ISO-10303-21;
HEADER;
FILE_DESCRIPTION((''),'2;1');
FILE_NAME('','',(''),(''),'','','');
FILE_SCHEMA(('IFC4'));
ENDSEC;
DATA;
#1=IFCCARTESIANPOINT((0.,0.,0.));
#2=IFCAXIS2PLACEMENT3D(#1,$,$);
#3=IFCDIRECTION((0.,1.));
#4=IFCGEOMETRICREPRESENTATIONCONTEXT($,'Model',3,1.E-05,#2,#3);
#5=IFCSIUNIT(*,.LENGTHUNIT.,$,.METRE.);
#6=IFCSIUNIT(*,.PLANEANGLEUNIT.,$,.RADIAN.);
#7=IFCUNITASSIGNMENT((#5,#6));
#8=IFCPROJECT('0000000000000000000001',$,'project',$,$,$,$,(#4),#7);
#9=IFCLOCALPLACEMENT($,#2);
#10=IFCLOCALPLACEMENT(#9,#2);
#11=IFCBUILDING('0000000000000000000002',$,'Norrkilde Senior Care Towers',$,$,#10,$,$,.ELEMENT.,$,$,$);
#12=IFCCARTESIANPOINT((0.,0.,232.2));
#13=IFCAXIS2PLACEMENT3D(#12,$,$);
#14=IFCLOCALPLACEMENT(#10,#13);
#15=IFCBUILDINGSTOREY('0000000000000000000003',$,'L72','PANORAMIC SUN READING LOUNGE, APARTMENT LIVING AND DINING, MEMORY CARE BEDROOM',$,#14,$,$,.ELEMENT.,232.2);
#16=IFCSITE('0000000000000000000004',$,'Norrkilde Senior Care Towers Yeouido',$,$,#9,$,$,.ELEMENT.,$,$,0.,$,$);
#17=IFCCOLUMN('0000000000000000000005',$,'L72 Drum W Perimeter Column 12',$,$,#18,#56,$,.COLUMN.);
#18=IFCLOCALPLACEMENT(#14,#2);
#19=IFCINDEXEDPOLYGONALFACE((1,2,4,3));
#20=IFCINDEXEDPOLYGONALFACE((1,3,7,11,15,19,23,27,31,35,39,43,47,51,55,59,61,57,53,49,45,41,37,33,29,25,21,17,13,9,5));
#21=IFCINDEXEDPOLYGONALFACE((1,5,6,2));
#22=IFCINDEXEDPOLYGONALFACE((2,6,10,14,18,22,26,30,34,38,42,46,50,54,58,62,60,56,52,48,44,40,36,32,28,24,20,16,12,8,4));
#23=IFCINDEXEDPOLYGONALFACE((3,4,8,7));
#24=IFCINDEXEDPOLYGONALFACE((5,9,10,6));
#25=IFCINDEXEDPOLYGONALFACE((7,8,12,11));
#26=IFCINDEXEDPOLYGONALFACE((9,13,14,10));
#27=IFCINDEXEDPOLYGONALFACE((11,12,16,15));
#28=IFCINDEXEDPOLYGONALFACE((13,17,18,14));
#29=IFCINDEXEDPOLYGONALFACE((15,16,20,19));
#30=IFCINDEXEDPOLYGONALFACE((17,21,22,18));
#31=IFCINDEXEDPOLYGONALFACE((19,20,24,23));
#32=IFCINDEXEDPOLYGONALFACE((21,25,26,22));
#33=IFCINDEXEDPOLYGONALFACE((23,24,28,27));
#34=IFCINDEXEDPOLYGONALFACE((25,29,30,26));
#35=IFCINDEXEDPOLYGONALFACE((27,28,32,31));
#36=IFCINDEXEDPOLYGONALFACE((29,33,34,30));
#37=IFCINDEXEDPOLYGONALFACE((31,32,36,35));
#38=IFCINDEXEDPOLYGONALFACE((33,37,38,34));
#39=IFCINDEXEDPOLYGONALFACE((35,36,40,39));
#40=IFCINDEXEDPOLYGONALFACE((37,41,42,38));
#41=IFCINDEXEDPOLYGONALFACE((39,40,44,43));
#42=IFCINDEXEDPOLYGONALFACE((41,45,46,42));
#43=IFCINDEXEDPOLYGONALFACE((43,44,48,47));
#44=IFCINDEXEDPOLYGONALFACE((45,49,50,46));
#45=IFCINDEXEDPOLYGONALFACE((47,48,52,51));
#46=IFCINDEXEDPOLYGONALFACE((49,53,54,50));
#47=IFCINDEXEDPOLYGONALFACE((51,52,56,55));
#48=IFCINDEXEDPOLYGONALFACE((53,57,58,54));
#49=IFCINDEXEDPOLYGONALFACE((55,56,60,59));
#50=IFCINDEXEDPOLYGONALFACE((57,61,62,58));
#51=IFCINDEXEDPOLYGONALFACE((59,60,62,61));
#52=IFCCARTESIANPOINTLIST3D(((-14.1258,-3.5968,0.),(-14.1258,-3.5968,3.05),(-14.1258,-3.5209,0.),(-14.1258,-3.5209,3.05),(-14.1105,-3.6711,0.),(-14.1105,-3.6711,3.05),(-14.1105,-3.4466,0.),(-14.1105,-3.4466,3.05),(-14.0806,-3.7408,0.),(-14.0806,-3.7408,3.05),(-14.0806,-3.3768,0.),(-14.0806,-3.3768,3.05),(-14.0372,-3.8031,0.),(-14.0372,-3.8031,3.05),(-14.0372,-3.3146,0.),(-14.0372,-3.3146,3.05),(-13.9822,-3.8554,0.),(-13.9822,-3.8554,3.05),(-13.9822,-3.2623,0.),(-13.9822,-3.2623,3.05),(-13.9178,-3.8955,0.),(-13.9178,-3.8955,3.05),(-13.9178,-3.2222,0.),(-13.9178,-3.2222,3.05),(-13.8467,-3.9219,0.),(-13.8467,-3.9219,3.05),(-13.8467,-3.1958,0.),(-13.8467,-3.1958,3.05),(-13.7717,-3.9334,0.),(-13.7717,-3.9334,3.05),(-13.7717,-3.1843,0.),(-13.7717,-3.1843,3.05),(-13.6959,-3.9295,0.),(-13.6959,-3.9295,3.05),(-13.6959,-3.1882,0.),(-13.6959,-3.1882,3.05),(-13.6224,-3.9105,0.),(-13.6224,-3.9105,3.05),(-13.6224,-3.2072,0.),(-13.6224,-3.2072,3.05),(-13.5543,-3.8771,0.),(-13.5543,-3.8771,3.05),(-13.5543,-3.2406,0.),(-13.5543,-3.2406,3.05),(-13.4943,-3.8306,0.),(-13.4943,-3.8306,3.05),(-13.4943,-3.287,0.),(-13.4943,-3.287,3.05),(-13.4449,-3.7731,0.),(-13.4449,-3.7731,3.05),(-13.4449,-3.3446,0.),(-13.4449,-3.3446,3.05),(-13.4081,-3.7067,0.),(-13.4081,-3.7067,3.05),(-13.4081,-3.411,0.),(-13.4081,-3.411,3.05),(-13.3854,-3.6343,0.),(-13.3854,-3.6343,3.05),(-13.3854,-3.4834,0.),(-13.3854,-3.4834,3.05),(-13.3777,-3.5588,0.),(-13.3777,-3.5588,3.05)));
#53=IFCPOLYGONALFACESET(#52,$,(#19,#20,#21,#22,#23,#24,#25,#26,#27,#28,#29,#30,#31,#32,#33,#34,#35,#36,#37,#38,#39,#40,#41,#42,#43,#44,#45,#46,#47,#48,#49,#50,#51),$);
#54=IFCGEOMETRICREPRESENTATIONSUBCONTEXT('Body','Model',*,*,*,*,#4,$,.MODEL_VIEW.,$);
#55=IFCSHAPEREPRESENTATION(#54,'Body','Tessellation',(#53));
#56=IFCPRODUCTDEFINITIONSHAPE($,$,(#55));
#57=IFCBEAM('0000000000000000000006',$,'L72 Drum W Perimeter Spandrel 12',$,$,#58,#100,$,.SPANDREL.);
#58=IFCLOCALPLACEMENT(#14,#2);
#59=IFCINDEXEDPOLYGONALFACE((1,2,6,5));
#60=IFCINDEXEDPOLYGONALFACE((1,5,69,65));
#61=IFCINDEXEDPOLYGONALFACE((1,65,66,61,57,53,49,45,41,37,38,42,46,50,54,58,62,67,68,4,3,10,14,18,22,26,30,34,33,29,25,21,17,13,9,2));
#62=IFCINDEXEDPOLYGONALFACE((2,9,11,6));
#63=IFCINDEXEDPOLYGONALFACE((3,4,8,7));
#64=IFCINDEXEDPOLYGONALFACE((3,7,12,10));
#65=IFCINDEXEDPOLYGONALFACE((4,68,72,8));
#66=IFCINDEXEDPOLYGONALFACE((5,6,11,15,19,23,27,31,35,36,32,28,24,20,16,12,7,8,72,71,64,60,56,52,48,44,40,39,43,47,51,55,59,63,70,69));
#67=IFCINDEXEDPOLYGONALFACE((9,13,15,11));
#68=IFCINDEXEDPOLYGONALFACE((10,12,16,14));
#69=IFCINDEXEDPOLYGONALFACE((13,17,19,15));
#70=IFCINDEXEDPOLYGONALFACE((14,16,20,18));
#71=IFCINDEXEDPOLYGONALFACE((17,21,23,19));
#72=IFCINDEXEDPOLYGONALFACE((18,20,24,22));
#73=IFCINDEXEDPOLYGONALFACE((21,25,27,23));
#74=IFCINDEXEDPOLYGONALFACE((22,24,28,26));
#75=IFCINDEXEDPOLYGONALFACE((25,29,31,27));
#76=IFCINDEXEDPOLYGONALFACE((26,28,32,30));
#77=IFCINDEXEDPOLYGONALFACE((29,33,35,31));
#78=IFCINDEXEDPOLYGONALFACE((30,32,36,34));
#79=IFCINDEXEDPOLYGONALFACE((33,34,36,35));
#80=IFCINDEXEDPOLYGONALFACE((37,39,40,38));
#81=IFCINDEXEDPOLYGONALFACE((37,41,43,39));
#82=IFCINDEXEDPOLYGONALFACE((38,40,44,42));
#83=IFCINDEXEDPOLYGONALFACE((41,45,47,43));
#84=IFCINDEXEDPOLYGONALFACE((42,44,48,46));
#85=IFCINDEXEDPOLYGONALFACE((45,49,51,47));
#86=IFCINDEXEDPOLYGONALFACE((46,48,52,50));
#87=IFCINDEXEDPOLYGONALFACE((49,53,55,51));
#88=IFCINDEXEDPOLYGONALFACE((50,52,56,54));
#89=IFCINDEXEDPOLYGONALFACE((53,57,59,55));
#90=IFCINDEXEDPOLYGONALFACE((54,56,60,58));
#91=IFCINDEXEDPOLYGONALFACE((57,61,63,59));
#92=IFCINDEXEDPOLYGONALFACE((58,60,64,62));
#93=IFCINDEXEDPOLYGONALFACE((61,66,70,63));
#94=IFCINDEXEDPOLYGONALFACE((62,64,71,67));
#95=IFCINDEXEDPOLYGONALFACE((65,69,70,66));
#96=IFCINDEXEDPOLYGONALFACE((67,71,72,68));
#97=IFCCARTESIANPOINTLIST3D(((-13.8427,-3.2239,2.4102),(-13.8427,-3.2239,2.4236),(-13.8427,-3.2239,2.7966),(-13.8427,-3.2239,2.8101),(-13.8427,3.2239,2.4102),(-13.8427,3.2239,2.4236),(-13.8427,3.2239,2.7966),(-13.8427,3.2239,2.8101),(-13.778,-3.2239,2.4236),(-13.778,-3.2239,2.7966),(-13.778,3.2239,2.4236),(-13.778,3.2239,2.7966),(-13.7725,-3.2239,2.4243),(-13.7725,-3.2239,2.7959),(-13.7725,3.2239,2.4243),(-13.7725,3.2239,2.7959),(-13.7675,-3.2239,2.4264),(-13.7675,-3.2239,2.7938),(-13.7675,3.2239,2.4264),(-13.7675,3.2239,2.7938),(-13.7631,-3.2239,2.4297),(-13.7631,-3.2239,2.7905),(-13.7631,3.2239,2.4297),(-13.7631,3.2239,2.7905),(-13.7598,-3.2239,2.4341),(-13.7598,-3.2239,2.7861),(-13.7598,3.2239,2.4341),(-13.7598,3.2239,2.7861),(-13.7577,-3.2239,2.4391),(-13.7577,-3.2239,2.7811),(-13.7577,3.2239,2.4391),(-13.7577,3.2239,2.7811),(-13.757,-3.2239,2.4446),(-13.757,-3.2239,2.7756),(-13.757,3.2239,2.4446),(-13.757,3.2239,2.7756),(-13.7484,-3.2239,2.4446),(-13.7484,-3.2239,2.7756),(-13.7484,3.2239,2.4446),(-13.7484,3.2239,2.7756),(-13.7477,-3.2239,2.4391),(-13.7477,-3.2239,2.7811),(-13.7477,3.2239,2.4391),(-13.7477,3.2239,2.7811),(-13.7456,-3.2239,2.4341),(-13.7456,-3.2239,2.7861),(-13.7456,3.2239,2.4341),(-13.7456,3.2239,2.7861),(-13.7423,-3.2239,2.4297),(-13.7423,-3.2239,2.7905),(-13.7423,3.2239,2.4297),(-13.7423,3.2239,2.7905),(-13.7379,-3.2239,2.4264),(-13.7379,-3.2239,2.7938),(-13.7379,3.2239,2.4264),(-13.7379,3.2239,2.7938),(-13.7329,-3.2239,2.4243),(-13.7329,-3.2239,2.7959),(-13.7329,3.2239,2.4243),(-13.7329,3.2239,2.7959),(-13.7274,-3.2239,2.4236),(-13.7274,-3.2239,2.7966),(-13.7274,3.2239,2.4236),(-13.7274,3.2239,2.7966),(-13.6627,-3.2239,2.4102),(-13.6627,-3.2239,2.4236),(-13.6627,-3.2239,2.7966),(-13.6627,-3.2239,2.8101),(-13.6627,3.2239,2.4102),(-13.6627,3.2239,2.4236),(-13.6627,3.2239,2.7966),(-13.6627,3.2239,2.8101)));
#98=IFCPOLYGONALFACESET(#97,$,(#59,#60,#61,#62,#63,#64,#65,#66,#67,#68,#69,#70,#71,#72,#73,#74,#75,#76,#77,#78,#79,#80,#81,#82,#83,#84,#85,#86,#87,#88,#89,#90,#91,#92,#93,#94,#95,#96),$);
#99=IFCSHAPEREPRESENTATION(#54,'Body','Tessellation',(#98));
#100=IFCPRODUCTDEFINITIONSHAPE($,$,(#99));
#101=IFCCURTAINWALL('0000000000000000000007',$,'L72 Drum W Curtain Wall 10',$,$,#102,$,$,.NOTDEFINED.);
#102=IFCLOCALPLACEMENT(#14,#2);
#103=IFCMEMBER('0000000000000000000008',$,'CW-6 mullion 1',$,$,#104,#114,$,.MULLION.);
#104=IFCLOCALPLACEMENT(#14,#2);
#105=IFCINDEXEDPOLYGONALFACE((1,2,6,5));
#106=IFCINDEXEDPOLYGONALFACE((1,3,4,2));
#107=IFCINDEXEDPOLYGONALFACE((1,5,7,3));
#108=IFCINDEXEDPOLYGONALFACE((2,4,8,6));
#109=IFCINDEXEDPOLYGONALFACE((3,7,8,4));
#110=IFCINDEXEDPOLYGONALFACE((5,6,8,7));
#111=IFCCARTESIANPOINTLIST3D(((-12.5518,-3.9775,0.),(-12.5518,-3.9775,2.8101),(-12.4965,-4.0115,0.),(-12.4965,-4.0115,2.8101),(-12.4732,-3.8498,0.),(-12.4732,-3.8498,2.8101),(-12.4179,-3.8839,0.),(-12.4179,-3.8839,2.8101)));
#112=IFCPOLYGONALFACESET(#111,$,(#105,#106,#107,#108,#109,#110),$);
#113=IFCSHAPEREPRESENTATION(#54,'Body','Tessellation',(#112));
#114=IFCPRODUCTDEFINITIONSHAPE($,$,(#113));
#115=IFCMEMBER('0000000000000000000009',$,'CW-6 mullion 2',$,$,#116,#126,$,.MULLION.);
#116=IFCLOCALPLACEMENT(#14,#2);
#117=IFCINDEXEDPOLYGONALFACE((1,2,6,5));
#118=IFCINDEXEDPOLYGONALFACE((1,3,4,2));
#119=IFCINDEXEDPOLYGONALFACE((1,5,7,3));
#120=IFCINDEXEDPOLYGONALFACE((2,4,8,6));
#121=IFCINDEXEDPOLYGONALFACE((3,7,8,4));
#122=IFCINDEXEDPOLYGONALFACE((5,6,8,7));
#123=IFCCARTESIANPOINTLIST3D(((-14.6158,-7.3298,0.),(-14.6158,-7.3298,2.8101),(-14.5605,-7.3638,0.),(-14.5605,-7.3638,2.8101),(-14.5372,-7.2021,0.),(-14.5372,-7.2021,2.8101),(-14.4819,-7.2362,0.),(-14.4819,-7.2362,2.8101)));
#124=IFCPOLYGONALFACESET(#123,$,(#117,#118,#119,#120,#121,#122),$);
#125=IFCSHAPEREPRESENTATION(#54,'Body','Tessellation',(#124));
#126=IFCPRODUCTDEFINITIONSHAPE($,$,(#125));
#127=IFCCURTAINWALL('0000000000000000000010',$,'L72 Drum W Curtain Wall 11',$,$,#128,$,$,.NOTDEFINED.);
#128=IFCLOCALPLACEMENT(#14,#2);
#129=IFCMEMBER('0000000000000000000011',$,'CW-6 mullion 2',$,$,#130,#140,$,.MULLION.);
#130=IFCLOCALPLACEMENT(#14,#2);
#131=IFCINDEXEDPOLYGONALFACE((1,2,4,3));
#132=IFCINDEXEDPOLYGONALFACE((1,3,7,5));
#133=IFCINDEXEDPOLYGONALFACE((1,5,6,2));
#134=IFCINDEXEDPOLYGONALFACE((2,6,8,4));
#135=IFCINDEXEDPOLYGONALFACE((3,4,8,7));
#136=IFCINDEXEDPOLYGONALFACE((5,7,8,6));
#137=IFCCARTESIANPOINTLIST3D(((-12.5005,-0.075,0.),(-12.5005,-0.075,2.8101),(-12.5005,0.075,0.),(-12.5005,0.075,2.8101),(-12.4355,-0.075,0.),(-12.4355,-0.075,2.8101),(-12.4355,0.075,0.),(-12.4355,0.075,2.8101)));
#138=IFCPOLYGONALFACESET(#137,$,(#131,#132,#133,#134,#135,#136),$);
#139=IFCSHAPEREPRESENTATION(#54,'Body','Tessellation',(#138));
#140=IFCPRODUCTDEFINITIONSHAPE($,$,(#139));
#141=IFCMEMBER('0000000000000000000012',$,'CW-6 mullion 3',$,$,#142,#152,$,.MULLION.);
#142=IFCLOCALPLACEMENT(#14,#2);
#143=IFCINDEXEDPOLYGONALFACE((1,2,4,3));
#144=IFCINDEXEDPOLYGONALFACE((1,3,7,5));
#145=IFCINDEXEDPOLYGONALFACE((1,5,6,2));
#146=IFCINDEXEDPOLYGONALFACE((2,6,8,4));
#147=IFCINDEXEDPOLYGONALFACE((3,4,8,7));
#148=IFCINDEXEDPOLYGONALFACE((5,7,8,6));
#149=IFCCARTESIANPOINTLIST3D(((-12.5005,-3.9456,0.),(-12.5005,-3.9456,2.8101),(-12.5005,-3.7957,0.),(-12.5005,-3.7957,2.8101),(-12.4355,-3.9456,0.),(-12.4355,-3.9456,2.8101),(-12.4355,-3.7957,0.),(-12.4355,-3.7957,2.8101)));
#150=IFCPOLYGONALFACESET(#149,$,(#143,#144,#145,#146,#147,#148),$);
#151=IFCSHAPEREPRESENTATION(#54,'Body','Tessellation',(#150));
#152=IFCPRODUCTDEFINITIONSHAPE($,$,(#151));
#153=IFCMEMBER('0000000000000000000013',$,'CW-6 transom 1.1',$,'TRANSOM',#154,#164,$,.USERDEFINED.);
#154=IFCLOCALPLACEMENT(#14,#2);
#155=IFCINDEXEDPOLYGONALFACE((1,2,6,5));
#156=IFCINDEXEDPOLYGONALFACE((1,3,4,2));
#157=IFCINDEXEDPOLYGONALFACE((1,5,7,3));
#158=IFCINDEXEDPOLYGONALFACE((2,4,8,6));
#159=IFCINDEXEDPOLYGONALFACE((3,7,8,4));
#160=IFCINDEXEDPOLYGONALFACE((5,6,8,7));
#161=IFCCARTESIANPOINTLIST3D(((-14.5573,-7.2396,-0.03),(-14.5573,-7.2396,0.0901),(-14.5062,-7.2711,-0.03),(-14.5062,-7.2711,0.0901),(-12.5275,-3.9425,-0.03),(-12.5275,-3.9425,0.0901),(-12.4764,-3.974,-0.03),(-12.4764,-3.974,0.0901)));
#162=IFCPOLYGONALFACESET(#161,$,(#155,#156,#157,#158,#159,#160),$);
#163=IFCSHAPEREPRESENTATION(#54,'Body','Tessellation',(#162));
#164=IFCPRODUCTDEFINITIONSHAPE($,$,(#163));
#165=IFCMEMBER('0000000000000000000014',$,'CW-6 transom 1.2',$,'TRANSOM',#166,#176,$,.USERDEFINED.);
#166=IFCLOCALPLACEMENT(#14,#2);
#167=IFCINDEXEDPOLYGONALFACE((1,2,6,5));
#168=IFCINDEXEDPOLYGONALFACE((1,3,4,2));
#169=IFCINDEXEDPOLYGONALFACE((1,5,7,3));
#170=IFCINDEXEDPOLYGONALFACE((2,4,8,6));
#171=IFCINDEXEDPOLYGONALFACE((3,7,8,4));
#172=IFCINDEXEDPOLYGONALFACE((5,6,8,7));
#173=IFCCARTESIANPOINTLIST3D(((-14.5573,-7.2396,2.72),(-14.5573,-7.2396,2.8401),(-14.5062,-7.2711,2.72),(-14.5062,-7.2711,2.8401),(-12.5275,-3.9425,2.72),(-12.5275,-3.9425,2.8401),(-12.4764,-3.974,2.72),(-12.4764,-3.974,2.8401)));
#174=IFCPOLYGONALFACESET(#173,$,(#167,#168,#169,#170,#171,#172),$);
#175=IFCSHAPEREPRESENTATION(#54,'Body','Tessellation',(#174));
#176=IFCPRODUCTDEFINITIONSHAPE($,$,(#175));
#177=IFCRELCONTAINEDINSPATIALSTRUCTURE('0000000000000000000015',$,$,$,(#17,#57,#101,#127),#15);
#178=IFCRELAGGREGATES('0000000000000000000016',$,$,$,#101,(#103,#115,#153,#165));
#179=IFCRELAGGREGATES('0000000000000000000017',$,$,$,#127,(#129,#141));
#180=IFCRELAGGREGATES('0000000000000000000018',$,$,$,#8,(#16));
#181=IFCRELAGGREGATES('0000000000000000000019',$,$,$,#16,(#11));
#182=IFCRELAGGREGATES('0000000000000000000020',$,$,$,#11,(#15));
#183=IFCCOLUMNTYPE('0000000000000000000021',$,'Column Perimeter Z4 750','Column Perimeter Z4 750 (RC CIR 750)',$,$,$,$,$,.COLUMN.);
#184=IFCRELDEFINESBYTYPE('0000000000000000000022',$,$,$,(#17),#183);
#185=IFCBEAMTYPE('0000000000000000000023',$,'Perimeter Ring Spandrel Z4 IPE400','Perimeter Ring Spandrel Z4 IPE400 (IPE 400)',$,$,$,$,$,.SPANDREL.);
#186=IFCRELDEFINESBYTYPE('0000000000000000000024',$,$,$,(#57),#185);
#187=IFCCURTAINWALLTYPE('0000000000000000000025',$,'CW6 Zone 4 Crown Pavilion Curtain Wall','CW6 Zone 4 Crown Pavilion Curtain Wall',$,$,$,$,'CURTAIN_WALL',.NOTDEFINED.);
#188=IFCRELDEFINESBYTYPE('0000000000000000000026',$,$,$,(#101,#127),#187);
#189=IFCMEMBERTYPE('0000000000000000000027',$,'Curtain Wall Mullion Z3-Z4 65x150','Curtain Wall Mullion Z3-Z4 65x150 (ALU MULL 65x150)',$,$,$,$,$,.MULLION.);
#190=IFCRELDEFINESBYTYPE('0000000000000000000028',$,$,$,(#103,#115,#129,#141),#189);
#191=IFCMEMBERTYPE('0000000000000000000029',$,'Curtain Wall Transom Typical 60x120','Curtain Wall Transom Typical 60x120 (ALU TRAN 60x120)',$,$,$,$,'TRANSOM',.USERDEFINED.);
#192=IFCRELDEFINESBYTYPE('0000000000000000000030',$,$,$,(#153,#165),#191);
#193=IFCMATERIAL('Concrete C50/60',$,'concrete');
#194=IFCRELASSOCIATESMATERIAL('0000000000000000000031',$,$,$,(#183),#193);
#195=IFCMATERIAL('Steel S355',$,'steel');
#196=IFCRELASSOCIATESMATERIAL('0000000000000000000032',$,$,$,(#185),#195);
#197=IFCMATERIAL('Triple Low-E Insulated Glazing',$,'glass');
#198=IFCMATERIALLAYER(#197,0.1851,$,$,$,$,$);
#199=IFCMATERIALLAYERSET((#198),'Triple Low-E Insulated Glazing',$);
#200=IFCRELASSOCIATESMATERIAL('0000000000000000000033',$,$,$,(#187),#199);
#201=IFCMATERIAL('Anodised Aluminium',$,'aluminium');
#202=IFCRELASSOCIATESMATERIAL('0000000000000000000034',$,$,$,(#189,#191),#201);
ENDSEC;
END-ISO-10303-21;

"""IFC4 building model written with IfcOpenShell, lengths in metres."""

from ifc_helpers import new_model, si_unit, direction, frame, origin, origin_2d, place, context, subcontext, project, spatial, rectangle, circle, i_section, extrude, source, transform, mapped, material, layer, layer_set, material_profile, profile_set, type_object, type_shapes, element, aggregate, save


model = new_model("IFC4")

# Units and contexts
model_context = context("Model", 3, precision=1e-05, world=origin(), true_north=direction((0.0, 1.0)))
body_context = subcontext(model_context, "Body", "Model", "MODEL_VIEW")
ifc_project = project(units=[si_unit("LENGTHUNIT", "METRE"), si_unit("PLANEANGLEUNIT", "RADIAN")], contexts=[model_context])

# Site, building, storey
site_placement = place(None, origin())
site = spatial("IfcSite", under=ifc_project, at=site_placement, Name="Norrkilde Senior Care Towers Yeouido", CompositionType="ELEMENT", RefElevation=0.0)
building_placement = place(site_placement, origin())
building = spatial("IfcBuilding", under=site, at=building_placement, Name="Norrkilde Senior Care Towers", CompositionType="ELEMENT")
storey_placement = place(building_placement, frame((0.0, 0.0, 232.2)))
storey = spatial("IfcBuildingStorey", under=building, at=storey_placement, Name="L72", Description="PANORAMIC SUN READING LOUNGE, APARTMENT LIVING AND DINING, MEMORY CARE BEDROOM", CompositionType="ELEMENT", Elevation=232.2)

# Column
ifc_material_1 = material(Name="Concrete C50/60", Category="concrete")
ifc_material_profile_1 = material_profile(ifc_material_1, circle(Radius=0.375, at=origin_2d()), Name="RC CIR 750")
ifc_profile_set_1 = profile_set([ifc_material_profile_1], Name="Concrete C50/60")
column_type = type_object("IfcColumnType", Name="Column Perimeter Z4 750", Description="Column Perimeter Z4 750 (RC CIR 750)", PredefinedType="COLUMN", material=ifc_profile_set_1)
shared_shape_1 = source(origin(), body_context, "Body", "SweptSolid", [
    extrude(circle(Radius=0.375, at=origin_2d()), origin(), (0.0, 0.0, 1.0), 3.05),
])
type_shapes(column_type, [shared_shape_1])
column_placement = place(storey_placement, frame((-13.7527, -3.5588, 0.0), z_axis=(0.0, 0.0, 1.0), x_axis=(1.0, 0.0, 0.0)))
element("IfcColumn", 1, at=column_placement, inside=storey, type_object=column_type, Name="L72 Drum W Perimeter Column 12", PredefinedType="COLUMN", context=body_context, shape_type="MappedRepresentation", body=[
    mapped(shared_shape_1, transform((0.0, 0.0, 0.0), x_axis=(1.0, 0.0, 0.0), y_axis=(0.0, 1.0, 0.0), z_axis=(0.0, 0.0, 1.0), scale=1.0)),
])

# Beam
ifc_material_2 = material(Name="Steel S355", Category="steel")
ifc_material_profile_2 = material_profile(ifc_material_2, i_section(OverallWidth=0.1799, OverallDepth=0.3999, WebThickness=0.0085, FlangeThickness=0.0134, FilletRadius=0.021, at=origin_2d()), Name="IPE 400")
ifc_profile_set_2 = profile_set([ifc_material_profile_2], Name="Steel S355")
beam_type = type_object("IfcBeamType", Name="Perimeter Ring Spandrel Z4 IPE400", Description="Perimeter Ring Spandrel Z4 IPE400 (IPE 400)", PredefinedType="SPANDREL", material=ifc_profile_set_2)
shared_shape_2 = source(origin(), body_context, "Body", "SweptSolid", [
    extrude(i_section(OverallWidth=0.1799, OverallDepth=0.3999, WebThickness=0.0085, FlangeThickness=0.0134, FilletRadius=0.021, at=origin_2d()), origin(), (0.0, 0.0, 1.0), 6.4478),
])
type_shapes(beam_type, [shared_shape_2])
beam_placement = place(storey_placement, frame((-13.7527, -3.2239, 2.6101), z_axis=(0.0, 1.0, 0.0), x_axis=(-1.0, 0.0, 0.0)))
element("IfcBeam", 2, at=beam_placement, inside=storey, type_object=beam_type, Name="L72 Drum W Perimeter Spandrel 12", PredefinedType="SPANDREL", context=body_context, shape_type="MappedRepresentation", body=[
    mapped(shared_shape_2, transform((0.0, 0.0, 0.0), x_axis=(1.0, 0.0, 0.0), y_axis=(0.0, 1.0, 0.0), z_axis=(0.0, 0.0, 1.0), scale=1.0)),
])

# Curtain walls, members
ifc_material_3 = material(Name="Triple Low-E Insulated Glazing", Category="glass")
ifc_layer_1 = layer(ifc_material_3, 0.1851)
ifc_layer_set_1 = layer_set([ifc_layer_1], Name="Triple Low-E Insulated Glazing")
curtain_wall_type = type_object("IfcCurtainWallType", Name="CW6 Zone 4 Crown Pavilion Curtain Wall", Description="CW6 Zone 4 Crown Pavilion Curtain Wall", ElementType="CURTAIN_WALL", PredefinedType="NOTDEFINED", material=ifc_layer_set_1)
curtain_wall_1_placement = place(storey_placement, origin())
curtain_wall_1 = element("IfcCurtainWall", 3, at=curtain_wall_1_placement, inside=storey, type_object=curtain_wall_type, Name="L72 Drum W Curtain Wall 10", PredefinedType="NOTDEFINED")
ifc_material_4 = material(Name="Anodised Aluminium", Category="aluminium")
ifc_material_profile_3 = material_profile(ifc_material_4, rectangle(XDim=0.0649, YDim=0.1499, at=origin_2d()), Name="ALU MULL 65x150")
ifc_profile_set_3 = profile_set([ifc_material_profile_3], Name="Anodised Aluminium")
member_type_1 = type_object("IfcMemberType", Name="Curtain Wall Mullion Z3-Z4 65x150", Description="Curtain Wall Mullion Z3-Z4 65x150 (ALU MULL 65x150)", PredefinedType="MULLION", material=ifc_profile_set_3)
shared_shape_3 = source(origin(), body_context, "Body", "SweptSolid", [
    extrude(rectangle(XDim=0.0649, YDim=0.1499, at=origin_2d()), origin(), (0.0, 0.0, 1.0), 2.8101),
])
type_shapes(member_type_1, [shared_shape_3])
member_1_placement = place(storey_placement, frame((-12.4849, -3.9307, 0.0), z_axis=(0.0, 0.0, 1.0), x_axis=(0.851563, -0.524253, 0.0)))
member_1 = element("IfcMember", 4, at=member_1_placement, type_object=member_type_1, Name="CW-6 mullion 1", PredefinedType="MULLION", context=body_context, shape_type="MappedRepresentation", body=[
    mapped(shared_shape_3, transform((0.0, 0.0, 0.0), x_axis=(1.0, 0.0, 0.0), y_axis=(0.0, 1.0, 0.0), z_axis=(0.0, 0.0, 1.0), scale=1.0)),
])
member_2_placement = place(storey_placement, frame((-14.5488, -7.283, 0.0), z_axis=(0.0, 0.0, 1.0), x_axis=(0.851563, -0.524253, 0.0)))
member_2 = element("IfcMember", 5, at=member_2_placement, type_object=member_type_1, Name="CW-6 mullion 2", PredefinedType="MULLION", context=body_context, shape_type="MappedRepresentation", body=[
    mapped(shared_shape_3, transform((0.0, 0.0, 0.0), x_axis=(1.0, 0.0, 0.0), y_axis=(0.0, 1.0, 0.0), z_axis=(0.0, 0.0, 1.0), scale=1.0)),
])
curtain_wall_2_placement = place(storey_placement, origin())
curtain_wall_2 = element("IfcCurtainWall", 6, at=curtain_wall_2_placement, inside=storey, type_object=curtain_wall_type, Name="L72 Drum W Curtain Wall 11", PredefinedType="NOTDEFINED")
member_3_placement = place(storey_placement, frame((-12.468, 0.0, 0.0), z_axis=(0.0, 0.0, 1.0), x_axis=(1.0, 0.0, 0.0)))
member_3 = element("IfcMember", 7, at=member_3_placement, type_object=member_type_1, Name="CW-6 mullion 2", PredefinedType="MULLION", context=body_context, shape_type="MappedRepresentation", body=[
    mapped(shared_shape_3, transform((0.0, 0.0, 0.0), x_axis=(1.0, 0.0, 0.0), y_axis=(0.0, 1.0, 0.0), z_axis=(0.0, 0.0, 1.0), scale=1.0)),
])
member_4_placement = place(storey_placement, frame((-12.468, -3.8706, 0.0), z_axis=(0.0, 0.0, 1.0), x_axis=(1.0, 0.0, 0.0)))
member_4 = element("IfcMember", 8, at=member_4_placement, type_object=member_type_1, Name="CW-6 mullion 3", PredefinedType="MULLION", context=body_context, shape_type="MappedRepresentation", body=[
    mapped(shared_shape_3, transform((0.0, 0.0, 0.0), x_axis=(1.0, 0.0, 0.0), y_axis=(0.0, 1.0, 0.0), z_axis=(0.0, 0.0, 1.0), scale=1.0)),
])

# Members
ifc_material_profile_4 = material_profile(ifc_material_4, rectangle(XDim=0.0601, YDim=0.1201, at=origin_2d()), Name="ALU TRAN 60x120")
ifc_profile_set_4 = profile_set([ifc_material_profile_4], Name="Anodised Aluminium")
member_type_2 = type_object("IfcMemberType", Name="Curtain Wall Transom Typical 60x120", Description="Curtain Wall Transom Typical 60x120 (ALU TRAN 60x120)", ElementType="TRANSOM", PredefinedType="USERDEFINED", material=ifc_profile_set_4)
shared_shape_4 = source(origin(), body_context, "Body", "SweptSolid", [
    extrude(rectangle(XDim=0.0601, YDim=0.1201, at=origin_2d()), origin(), (0.0, 0.0, 1.0), 3.8718),
])
member_5_placement = place(storey_placement, frame((-12.502, -3.9583, 0.03), z_axis=(-0.524245, -0.851567, 0.0), x_axis=(0.851567, -0.524245, 0.0)))
member_5 = element("IfcMember", 9, at=member_5_placement, type_object=member_type_2, Name="CW-6 transom 1.1", ObjectType="TRANSOM", PredefinedType="USERDEFINED", context=body_context, shape_type="MappedRepresentation", body=[
    mapped(shared_shape_4, transform((0.0, 0.0, 0.0), x_axis=(1.0, 0.0, 0.0), y_axis=(0.0, 1.0, 0.0), z_axis=(0.0, 0.0, 1.0), scale=1.0)),
])
member_6_placement = place(storey_placement, frame((-12.502, -3.9583, 2.78), z_axis=(-0.524245, -0.851567, 0.0), x_axis=(0.851567, -0.524245, 0.0)))
member_6 = element("IfcMember", 10, at=member_6_placement, type_object=member_type_2, Name="CW-6 transom 1.2", ObjectType="TRANSOM", PredefinedType="USERDEFINED", context=body_context, shape_type="MappedRepresentation", body=[
    mapped(shared_shape_4, transform((0.0, 0.0, 0.0), x_axis=(1.0, 0.0, 0.0), y_axis=(0.0, 1.0, 0.0), z_axis=(0.0, 0.0, 1.0), scale=1.0)),
])

aggregate(curtain_wall_1, [member_1, member_2, member_5, member_6])
aggregate(curtain_wall_2, [member_3, member_4])

save(model, "model.ifc")
